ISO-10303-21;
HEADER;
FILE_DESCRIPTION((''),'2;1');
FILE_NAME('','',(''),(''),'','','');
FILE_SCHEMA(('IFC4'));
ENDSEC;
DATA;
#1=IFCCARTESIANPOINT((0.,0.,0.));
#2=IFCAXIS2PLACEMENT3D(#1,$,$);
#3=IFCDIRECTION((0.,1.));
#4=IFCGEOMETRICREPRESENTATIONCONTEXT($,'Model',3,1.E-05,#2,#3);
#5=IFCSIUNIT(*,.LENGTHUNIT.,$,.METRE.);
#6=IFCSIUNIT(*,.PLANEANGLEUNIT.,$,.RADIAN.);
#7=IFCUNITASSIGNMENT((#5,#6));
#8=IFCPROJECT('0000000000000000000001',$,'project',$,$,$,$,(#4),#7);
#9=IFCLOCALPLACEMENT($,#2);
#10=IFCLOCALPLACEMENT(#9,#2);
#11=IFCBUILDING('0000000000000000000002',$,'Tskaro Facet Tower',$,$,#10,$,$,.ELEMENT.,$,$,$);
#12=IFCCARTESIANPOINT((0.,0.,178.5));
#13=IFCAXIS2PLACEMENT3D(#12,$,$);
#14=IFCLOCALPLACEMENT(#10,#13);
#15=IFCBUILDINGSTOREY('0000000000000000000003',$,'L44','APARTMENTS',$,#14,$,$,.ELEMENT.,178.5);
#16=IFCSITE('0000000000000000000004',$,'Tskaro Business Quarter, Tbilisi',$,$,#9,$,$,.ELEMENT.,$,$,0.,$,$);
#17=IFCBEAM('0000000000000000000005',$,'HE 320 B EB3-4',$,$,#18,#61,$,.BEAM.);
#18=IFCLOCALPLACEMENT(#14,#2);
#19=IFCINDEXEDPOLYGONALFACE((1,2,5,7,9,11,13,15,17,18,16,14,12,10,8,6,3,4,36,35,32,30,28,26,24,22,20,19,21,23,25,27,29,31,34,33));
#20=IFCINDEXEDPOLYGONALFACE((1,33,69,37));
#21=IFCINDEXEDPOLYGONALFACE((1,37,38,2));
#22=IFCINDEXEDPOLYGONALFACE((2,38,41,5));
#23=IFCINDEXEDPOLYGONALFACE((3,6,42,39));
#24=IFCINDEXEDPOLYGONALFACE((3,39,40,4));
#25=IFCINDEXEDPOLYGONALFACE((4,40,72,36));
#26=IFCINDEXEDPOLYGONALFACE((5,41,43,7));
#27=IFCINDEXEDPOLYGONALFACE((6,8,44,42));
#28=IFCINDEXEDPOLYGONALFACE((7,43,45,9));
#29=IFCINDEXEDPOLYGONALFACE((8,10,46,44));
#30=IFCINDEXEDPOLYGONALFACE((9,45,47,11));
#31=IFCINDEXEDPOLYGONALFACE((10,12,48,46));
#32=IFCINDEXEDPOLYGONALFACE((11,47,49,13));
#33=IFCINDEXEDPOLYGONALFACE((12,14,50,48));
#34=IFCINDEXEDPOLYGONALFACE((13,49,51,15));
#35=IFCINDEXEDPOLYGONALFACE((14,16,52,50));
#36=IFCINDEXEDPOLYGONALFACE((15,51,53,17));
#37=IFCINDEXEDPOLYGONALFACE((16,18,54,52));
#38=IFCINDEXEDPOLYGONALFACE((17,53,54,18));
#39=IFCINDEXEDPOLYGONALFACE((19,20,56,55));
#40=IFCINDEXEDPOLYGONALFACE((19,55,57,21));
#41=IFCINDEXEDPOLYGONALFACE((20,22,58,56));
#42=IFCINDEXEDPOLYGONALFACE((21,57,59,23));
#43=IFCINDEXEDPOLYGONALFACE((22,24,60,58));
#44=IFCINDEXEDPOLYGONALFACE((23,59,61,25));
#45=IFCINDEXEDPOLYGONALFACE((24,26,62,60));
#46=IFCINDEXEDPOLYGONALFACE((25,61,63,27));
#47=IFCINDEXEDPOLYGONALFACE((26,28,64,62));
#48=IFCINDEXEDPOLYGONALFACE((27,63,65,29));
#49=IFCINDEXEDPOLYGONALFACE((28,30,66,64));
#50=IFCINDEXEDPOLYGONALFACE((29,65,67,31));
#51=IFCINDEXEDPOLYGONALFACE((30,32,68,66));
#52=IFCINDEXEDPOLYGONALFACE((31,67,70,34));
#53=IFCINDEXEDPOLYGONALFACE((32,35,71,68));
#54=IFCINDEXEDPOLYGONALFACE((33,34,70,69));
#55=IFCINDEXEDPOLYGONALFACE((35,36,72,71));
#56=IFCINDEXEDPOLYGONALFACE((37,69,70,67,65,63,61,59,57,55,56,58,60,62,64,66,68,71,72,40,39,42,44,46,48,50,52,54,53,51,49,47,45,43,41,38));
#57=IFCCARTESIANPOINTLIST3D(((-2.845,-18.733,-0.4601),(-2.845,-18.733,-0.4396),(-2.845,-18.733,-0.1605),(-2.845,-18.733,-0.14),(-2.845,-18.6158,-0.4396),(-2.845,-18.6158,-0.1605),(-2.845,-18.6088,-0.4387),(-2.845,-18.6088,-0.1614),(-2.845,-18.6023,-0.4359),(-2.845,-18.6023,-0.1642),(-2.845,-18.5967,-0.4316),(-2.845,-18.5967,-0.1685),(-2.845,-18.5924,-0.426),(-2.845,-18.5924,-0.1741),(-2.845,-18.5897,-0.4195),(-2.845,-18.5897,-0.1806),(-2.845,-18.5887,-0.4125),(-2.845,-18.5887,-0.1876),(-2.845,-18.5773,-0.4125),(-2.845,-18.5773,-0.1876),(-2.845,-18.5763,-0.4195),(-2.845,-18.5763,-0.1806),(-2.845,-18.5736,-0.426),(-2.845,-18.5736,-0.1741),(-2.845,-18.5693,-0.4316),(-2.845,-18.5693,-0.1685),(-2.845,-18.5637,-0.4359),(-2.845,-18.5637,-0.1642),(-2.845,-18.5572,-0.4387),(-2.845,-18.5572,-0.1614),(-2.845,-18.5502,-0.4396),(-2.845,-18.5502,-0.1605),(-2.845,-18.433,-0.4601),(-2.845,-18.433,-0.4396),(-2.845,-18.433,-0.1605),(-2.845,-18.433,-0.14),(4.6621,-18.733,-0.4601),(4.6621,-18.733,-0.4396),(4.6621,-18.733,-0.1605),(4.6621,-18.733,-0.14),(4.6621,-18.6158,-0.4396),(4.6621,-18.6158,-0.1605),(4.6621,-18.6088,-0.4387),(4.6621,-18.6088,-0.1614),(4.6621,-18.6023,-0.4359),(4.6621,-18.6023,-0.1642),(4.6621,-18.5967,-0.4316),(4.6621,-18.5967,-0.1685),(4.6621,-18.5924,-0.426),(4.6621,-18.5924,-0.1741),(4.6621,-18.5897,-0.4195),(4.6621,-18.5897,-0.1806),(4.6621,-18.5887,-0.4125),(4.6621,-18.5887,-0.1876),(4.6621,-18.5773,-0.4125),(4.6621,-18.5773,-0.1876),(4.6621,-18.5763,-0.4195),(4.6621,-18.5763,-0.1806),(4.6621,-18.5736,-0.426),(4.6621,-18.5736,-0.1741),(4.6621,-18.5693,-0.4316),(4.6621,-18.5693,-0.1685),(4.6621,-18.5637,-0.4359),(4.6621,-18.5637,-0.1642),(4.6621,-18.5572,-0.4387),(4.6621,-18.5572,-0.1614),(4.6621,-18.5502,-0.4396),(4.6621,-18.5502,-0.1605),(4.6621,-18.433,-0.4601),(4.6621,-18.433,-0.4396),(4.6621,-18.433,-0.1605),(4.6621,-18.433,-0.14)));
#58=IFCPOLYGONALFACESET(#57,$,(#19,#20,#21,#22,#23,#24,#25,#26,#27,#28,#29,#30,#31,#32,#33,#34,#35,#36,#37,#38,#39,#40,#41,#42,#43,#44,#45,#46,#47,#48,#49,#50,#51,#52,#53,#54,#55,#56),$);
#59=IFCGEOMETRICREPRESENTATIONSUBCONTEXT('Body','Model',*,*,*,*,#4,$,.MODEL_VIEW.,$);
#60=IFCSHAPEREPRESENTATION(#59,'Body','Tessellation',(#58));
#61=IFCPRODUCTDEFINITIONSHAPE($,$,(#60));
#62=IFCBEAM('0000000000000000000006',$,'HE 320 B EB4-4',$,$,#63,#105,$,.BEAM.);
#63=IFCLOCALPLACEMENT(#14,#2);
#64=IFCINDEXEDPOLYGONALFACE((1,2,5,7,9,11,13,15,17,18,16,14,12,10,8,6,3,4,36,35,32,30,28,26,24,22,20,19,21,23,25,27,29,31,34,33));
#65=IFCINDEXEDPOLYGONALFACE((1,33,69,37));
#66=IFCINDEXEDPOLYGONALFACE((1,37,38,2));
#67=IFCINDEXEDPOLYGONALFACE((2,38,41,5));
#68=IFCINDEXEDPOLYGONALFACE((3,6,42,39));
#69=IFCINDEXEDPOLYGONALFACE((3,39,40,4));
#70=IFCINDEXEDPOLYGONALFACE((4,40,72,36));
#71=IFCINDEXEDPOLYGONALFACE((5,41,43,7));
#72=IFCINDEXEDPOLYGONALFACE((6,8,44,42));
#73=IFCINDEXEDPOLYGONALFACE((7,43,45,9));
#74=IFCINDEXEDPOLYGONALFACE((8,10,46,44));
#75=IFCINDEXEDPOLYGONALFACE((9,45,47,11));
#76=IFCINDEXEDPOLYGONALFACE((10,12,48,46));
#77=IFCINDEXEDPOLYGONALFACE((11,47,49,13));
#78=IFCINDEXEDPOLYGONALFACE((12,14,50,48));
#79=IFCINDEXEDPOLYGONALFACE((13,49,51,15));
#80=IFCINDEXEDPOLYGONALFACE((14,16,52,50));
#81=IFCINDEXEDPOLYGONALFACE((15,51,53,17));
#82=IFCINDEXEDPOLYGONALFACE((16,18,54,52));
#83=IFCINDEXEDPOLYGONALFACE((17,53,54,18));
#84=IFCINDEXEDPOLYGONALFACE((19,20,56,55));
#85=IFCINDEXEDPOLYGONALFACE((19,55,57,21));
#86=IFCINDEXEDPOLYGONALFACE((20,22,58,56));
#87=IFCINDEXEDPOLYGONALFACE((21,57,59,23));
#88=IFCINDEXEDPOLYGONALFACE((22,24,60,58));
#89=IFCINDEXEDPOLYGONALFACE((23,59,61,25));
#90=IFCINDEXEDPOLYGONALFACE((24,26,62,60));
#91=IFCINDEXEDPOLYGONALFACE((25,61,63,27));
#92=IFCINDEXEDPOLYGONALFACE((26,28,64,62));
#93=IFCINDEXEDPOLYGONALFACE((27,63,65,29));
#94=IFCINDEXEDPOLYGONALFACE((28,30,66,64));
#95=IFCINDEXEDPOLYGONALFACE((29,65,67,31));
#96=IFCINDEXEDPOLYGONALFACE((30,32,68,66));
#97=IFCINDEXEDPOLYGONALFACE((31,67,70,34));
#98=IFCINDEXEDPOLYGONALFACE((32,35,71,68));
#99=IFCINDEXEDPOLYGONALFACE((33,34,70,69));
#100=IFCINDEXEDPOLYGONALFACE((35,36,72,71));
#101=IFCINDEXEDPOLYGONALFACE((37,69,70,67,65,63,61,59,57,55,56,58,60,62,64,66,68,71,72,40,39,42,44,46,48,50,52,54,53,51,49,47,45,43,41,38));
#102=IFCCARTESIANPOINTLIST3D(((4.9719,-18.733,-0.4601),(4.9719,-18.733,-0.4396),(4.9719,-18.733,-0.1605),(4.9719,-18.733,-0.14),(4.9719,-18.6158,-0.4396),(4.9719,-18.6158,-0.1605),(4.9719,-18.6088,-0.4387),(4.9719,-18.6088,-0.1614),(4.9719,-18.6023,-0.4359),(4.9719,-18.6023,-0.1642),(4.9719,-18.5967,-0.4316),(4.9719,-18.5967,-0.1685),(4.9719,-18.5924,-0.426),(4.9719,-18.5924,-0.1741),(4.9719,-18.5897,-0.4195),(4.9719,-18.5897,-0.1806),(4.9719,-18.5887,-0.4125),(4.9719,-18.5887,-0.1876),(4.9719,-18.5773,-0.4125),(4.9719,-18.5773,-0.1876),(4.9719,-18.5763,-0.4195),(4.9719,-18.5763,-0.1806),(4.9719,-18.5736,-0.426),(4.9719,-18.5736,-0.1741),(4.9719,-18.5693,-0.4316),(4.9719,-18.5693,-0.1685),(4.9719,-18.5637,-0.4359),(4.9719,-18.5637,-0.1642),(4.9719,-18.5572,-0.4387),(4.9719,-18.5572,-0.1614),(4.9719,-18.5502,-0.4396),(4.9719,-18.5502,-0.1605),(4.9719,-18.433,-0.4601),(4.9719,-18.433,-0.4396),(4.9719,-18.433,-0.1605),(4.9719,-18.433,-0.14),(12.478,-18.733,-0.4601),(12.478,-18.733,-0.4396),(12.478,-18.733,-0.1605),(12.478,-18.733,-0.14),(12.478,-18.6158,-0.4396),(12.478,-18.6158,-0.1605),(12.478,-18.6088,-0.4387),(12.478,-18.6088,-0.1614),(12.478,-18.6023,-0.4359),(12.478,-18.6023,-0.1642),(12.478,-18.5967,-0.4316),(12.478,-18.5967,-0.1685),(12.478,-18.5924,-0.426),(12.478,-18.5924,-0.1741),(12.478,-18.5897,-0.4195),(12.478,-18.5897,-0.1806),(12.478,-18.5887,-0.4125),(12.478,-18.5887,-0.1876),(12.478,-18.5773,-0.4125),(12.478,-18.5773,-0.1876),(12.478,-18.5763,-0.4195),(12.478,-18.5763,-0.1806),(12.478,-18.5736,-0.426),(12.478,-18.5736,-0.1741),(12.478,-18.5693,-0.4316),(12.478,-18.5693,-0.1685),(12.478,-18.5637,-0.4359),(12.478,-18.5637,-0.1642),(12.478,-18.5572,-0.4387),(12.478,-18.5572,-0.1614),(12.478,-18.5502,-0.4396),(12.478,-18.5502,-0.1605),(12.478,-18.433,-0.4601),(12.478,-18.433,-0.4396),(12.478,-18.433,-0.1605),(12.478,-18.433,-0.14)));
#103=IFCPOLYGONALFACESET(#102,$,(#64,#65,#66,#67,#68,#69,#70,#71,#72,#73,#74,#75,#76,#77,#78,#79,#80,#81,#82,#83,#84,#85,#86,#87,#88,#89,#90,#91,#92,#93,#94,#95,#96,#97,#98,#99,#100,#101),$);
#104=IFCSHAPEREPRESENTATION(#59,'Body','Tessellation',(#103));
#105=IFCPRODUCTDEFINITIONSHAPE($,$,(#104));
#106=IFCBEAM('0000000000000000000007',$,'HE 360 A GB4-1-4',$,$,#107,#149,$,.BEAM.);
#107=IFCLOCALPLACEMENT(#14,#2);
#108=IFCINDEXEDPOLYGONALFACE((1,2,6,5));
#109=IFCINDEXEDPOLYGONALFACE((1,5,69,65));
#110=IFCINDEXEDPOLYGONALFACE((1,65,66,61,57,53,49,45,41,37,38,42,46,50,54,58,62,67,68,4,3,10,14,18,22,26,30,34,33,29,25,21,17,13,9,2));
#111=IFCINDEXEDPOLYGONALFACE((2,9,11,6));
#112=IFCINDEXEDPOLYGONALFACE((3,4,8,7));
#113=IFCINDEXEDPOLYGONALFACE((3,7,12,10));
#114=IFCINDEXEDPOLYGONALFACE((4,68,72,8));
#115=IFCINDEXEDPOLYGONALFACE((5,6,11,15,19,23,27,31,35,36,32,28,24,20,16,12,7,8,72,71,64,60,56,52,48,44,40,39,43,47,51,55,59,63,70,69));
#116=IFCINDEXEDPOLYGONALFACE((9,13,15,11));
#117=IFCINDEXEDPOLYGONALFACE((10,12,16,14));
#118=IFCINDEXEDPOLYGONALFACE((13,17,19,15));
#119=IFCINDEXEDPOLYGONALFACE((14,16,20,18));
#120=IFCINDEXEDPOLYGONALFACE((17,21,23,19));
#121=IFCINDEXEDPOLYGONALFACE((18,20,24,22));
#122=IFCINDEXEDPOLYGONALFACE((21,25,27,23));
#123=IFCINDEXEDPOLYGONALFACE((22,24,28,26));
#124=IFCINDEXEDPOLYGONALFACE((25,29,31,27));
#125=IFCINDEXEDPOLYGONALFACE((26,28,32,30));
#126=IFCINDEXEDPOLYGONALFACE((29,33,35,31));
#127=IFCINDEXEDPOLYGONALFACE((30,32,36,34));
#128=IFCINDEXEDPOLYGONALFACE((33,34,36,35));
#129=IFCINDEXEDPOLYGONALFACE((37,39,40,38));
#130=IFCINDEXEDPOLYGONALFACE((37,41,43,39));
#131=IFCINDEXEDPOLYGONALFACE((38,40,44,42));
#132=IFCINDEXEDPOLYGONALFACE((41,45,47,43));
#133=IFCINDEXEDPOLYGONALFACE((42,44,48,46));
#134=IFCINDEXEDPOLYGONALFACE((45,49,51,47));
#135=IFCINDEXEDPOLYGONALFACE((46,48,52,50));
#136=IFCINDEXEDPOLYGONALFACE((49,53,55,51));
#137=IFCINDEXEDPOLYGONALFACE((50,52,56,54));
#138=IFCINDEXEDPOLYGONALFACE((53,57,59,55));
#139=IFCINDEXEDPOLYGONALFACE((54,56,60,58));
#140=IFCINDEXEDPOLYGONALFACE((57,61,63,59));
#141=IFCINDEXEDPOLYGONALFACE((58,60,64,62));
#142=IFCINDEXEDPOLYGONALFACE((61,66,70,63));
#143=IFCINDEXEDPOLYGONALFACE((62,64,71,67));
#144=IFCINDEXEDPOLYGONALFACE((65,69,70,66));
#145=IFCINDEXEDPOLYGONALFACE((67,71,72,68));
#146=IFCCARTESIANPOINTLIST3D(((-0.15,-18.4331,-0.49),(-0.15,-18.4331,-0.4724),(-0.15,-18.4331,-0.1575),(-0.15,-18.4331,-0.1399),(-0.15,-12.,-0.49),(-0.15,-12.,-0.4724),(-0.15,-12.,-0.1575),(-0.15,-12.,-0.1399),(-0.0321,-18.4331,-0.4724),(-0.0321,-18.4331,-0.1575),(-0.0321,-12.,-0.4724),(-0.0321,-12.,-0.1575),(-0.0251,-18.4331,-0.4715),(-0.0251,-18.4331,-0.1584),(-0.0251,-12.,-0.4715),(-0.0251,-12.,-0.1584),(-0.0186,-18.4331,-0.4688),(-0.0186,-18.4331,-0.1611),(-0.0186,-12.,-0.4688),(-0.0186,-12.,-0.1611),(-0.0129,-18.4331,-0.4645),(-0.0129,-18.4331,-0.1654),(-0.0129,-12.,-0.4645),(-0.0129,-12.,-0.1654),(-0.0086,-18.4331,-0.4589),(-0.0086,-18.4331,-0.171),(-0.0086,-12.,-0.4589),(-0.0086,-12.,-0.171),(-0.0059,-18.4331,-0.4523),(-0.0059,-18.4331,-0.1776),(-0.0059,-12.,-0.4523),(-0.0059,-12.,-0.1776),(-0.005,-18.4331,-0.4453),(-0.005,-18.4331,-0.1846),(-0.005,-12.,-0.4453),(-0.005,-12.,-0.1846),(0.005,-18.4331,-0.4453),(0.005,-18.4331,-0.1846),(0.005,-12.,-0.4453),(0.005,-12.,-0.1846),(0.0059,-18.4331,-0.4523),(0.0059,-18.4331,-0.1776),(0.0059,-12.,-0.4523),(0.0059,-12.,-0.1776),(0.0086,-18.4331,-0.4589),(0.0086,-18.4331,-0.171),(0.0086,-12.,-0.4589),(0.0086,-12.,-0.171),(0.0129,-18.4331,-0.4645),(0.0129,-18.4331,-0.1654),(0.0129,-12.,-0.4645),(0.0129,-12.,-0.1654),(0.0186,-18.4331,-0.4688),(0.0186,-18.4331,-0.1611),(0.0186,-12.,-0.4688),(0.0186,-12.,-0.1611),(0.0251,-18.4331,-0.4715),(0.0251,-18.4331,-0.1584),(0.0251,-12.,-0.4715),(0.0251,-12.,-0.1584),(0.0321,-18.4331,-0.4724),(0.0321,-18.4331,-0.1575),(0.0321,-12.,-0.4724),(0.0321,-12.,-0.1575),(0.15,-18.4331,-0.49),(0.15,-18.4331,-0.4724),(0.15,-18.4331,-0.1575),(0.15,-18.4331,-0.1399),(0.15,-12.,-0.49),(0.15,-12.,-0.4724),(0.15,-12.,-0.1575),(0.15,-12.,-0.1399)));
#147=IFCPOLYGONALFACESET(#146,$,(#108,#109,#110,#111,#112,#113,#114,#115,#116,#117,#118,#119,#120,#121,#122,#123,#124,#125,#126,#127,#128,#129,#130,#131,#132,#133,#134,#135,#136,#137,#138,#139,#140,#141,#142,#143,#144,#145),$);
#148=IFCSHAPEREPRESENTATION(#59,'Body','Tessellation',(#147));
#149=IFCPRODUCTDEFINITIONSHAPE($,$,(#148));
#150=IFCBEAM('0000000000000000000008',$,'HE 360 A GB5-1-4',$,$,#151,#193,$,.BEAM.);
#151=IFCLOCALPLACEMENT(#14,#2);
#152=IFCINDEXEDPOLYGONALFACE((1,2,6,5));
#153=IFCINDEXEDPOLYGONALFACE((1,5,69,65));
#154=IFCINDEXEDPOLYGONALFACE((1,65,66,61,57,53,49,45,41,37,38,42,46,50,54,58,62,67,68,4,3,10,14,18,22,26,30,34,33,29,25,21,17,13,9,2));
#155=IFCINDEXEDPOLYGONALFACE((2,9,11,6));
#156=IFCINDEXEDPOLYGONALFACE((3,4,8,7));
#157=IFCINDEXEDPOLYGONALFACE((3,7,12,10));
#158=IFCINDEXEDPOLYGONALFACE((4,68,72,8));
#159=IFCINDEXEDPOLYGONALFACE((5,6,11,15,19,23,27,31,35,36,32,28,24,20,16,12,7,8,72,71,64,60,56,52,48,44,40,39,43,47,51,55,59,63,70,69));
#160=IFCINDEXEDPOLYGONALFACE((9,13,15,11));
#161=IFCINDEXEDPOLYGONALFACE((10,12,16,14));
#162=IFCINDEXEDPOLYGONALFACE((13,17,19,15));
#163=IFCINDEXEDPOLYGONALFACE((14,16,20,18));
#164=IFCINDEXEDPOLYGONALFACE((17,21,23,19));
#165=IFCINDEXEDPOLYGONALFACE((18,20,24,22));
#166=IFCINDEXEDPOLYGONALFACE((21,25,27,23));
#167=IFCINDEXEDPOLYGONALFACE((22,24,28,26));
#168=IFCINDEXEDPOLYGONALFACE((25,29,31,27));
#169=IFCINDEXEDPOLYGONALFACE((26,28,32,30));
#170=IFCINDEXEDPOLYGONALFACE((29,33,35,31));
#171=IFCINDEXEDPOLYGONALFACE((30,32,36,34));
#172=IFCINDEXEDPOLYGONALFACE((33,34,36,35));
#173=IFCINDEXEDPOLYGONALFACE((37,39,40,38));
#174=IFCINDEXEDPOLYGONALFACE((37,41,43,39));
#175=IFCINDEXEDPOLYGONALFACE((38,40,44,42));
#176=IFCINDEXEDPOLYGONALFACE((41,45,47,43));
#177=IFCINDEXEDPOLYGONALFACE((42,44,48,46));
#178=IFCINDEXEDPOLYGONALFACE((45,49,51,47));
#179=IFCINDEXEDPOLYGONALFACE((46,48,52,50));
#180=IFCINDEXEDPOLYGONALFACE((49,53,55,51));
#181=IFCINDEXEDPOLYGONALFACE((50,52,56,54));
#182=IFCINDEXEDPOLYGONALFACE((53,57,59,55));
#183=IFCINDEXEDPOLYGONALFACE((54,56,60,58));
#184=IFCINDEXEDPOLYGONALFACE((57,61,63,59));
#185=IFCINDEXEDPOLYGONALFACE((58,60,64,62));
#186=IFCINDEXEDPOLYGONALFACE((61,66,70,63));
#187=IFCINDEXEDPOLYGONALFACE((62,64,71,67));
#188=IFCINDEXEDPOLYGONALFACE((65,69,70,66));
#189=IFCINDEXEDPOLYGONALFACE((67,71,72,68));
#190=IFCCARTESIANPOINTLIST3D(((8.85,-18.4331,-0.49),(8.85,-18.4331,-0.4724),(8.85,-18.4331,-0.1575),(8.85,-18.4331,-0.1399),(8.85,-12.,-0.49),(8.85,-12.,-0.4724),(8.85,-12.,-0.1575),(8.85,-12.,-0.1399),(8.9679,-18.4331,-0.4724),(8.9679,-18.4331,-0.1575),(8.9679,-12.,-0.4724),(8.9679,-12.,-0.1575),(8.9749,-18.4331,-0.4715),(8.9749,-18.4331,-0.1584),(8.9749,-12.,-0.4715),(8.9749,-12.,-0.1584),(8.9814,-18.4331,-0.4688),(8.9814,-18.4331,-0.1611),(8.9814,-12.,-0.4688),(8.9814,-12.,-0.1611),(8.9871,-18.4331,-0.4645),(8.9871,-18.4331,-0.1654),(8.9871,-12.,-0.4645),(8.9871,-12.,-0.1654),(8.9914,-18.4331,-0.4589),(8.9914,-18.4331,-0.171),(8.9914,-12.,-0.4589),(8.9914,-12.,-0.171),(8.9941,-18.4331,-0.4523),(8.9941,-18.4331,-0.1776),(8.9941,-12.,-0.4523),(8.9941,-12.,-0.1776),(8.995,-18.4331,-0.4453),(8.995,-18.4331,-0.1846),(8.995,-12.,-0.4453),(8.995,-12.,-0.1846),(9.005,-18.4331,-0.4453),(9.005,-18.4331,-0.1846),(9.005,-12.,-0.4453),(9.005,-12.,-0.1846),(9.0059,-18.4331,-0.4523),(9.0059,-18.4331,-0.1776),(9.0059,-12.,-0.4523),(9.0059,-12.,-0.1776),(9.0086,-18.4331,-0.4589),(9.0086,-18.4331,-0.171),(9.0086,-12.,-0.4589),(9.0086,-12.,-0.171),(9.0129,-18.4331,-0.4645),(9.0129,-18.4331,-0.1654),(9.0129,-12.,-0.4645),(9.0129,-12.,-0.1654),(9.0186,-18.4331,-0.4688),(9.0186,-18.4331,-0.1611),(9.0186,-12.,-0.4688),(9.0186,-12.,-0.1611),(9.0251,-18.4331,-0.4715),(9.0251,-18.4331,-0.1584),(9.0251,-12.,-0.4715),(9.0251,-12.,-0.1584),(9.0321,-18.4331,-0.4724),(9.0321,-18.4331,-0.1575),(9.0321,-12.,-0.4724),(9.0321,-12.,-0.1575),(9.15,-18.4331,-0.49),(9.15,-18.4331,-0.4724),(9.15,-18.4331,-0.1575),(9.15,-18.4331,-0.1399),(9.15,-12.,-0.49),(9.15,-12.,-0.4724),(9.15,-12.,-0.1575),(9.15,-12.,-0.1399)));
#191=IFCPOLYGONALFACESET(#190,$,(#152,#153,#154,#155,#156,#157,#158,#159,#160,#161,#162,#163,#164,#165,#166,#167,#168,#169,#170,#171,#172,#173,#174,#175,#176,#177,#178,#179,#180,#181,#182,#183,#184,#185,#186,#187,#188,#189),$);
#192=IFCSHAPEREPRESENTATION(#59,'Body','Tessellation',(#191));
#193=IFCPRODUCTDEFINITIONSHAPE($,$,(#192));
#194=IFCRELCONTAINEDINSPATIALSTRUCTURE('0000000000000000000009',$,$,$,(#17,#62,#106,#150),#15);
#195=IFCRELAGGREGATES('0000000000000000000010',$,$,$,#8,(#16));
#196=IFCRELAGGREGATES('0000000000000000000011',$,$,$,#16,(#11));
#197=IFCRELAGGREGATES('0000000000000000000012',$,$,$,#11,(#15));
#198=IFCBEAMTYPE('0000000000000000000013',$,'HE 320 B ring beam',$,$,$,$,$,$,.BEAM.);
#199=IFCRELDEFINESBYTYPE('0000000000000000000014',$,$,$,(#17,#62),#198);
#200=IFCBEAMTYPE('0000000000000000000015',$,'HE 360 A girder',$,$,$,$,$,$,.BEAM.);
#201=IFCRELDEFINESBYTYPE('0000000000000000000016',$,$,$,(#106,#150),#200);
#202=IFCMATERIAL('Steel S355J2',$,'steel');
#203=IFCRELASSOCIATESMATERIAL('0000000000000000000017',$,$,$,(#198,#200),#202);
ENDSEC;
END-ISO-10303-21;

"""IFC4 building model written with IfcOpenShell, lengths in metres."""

from ifc_helpers import new_model, si_unit, direction, frame, origin, origin_2d, place, context, subcontext, project, spatial, i_section, extrude, material, material_profile, profile_set, type_object, element, save


model = new_model("IFC4")

# Units and contexts
model_context = context("Model", 3, precision=1e-05, world=origin(), true_north=direction((0.0, 1.0)))
body_context = subcontext(model_context, "Body", "Model", "MODEL_VIEW")
ifc_project = project(units=[si_unit("LENGTHUNIT", "METRE"), si_unit("PLANEANGLEUNIT", "RADIAN")], contexts=[model_context])

# Site, building, storey
site_placement = place(None, origin())
site = spatial("IfcSite", under=ifc_project, at=site_placement, Name="Tskaro Business Quarter, Tbilisi", CompositionType="ELEMENT", RefElevation=0.0)
building_placement = place(site_placement, origin())
building = spatial("IfcBuilding", under=site, at=building_placement, Name="Tskaro Facet Tower", CompositionType="ELEMENT")
storey_placement = place(building_placement, frame((0.0, 0.0, 178.5)))
storey = spatial("IfcBuildingStorey", under=building, at=storey_placement, Name="L44", Description="APARTMENTS", CompositionType="ELEMENT", Elevation=178.5)

# Beams
ifc_material_1 = material(Name="Steel S355J2", Category="steel")
ifc_material_profile_1 = material_profile(ifc_material_1, i_section(OverallWidth=0.3, OverallDepth=0.3201, WebThickness=0.0115, FlangeThickness=0.0205, FilletRadius=0.0271, at=origin_2d()), Name="HE 320 B")
ifc_profile_set_1 = profile_set([ifc_material_profile_1], Name="Steel S355J2")
beam_type_1 = type_object("IfcBeamType", Name="HE 320 B ring beam", PredefinedType="BEAM", material=ifc_profile_set_1)
beam_1_placement = place(storey_placement, frame((-2.845, -18.583, -0.3), z_axis=(1.0, 0.0, 0.0), x_axis=(0.0, 1.0, 0.0)))
element("IfcBeam", 1, at=beam_1_placement, inside=storey, type_object=beam_type_1, Name="HE 320 B EB3-4", PredefinedType="BEAM", context=body_context, shape_type="SweptSolid", body=[
    extrude(i_section(OverallWidth=0.3, OverallDepth=0.3201, WebThickness=0.0115, FlangeThickness=0.0205, FilletRadius=0.0271, at=origin_2d()), origin(), (0.0, 0.0, 1.0), 7.5071),
])
beam_2_placement = place(storey_placement, frame((4.9719, -18.583, -0.3), z_axis=(1.0, 0.0, 0.0), x_axis=(0.0, 1.0, 0.0)))
element("IfcBeam", 2, at=beam_2_placement, inside=storey, type_object=beam_type_1, Name="HE 320 B EB4-4", PredefinedType="BEAM", context=body_context, shape_type="SweptSolid", body=[
    extrude(i_section(OverallWidth=0.3, OverallDepth=0.3201, WebThickness=0.0115, FlangeThickness=0.0205, FilletRadius=0.0271, at=origin_2d()), origin(), (0.0, 0.0, 1.0), 7.5061),
])
ifc_material_profile_2 = material_profile(ifc_material_1, i_section(OverallWidth=0.3, OverallDepth=0.3501, WebThickness=0.01, FlangeThickness=0.0176, FilletRadius=0.0271, at=origin_2d()), Name="HE 360 A")
ifc_profile_set_2 = profile_set([ifc_material_profile_2], Name="Steel S355J2")
beam_type_2 = type_object("IfcBeamType", Name="HE 360 A girder", PredefinedType="BEAM", material=ifc_profile_set_2)
for number, where, z_axis, x_axis, name in (
    (3, (0.0, -18.4331, -0.3149), (0.0, 1.0, 0.0), (-1.0, 0.0, 0.0), "HE 360 A GB4-1-4"),
    (4, (9.0, -18.4331, -0.3149), (0.0, 1.0, 0.0), (-1.0, 0.0, 0.0), "HE 360 A GB5-1-4"),
):
    element("IfcBeam", number, at=place(storey_placement, frame(where, z_axis=z_axis, x_axis=x_axis)), inside=storey, type_object=beam_type_2, Name=name, PredefinedType="BEAM", context=body_context, shape_type="SweptSolid", body=[
        extrude(i_section(OverallWidth=0.3, OverallDepth=0.3501, WebThickness=0.01, FlangeThickness=0.0176, FilletRadius=0.0271, at=origin_2d()), origin(), (0.0, 0.0, 1.0), 6.4331),
    ])

save(model, "model.ifc")
